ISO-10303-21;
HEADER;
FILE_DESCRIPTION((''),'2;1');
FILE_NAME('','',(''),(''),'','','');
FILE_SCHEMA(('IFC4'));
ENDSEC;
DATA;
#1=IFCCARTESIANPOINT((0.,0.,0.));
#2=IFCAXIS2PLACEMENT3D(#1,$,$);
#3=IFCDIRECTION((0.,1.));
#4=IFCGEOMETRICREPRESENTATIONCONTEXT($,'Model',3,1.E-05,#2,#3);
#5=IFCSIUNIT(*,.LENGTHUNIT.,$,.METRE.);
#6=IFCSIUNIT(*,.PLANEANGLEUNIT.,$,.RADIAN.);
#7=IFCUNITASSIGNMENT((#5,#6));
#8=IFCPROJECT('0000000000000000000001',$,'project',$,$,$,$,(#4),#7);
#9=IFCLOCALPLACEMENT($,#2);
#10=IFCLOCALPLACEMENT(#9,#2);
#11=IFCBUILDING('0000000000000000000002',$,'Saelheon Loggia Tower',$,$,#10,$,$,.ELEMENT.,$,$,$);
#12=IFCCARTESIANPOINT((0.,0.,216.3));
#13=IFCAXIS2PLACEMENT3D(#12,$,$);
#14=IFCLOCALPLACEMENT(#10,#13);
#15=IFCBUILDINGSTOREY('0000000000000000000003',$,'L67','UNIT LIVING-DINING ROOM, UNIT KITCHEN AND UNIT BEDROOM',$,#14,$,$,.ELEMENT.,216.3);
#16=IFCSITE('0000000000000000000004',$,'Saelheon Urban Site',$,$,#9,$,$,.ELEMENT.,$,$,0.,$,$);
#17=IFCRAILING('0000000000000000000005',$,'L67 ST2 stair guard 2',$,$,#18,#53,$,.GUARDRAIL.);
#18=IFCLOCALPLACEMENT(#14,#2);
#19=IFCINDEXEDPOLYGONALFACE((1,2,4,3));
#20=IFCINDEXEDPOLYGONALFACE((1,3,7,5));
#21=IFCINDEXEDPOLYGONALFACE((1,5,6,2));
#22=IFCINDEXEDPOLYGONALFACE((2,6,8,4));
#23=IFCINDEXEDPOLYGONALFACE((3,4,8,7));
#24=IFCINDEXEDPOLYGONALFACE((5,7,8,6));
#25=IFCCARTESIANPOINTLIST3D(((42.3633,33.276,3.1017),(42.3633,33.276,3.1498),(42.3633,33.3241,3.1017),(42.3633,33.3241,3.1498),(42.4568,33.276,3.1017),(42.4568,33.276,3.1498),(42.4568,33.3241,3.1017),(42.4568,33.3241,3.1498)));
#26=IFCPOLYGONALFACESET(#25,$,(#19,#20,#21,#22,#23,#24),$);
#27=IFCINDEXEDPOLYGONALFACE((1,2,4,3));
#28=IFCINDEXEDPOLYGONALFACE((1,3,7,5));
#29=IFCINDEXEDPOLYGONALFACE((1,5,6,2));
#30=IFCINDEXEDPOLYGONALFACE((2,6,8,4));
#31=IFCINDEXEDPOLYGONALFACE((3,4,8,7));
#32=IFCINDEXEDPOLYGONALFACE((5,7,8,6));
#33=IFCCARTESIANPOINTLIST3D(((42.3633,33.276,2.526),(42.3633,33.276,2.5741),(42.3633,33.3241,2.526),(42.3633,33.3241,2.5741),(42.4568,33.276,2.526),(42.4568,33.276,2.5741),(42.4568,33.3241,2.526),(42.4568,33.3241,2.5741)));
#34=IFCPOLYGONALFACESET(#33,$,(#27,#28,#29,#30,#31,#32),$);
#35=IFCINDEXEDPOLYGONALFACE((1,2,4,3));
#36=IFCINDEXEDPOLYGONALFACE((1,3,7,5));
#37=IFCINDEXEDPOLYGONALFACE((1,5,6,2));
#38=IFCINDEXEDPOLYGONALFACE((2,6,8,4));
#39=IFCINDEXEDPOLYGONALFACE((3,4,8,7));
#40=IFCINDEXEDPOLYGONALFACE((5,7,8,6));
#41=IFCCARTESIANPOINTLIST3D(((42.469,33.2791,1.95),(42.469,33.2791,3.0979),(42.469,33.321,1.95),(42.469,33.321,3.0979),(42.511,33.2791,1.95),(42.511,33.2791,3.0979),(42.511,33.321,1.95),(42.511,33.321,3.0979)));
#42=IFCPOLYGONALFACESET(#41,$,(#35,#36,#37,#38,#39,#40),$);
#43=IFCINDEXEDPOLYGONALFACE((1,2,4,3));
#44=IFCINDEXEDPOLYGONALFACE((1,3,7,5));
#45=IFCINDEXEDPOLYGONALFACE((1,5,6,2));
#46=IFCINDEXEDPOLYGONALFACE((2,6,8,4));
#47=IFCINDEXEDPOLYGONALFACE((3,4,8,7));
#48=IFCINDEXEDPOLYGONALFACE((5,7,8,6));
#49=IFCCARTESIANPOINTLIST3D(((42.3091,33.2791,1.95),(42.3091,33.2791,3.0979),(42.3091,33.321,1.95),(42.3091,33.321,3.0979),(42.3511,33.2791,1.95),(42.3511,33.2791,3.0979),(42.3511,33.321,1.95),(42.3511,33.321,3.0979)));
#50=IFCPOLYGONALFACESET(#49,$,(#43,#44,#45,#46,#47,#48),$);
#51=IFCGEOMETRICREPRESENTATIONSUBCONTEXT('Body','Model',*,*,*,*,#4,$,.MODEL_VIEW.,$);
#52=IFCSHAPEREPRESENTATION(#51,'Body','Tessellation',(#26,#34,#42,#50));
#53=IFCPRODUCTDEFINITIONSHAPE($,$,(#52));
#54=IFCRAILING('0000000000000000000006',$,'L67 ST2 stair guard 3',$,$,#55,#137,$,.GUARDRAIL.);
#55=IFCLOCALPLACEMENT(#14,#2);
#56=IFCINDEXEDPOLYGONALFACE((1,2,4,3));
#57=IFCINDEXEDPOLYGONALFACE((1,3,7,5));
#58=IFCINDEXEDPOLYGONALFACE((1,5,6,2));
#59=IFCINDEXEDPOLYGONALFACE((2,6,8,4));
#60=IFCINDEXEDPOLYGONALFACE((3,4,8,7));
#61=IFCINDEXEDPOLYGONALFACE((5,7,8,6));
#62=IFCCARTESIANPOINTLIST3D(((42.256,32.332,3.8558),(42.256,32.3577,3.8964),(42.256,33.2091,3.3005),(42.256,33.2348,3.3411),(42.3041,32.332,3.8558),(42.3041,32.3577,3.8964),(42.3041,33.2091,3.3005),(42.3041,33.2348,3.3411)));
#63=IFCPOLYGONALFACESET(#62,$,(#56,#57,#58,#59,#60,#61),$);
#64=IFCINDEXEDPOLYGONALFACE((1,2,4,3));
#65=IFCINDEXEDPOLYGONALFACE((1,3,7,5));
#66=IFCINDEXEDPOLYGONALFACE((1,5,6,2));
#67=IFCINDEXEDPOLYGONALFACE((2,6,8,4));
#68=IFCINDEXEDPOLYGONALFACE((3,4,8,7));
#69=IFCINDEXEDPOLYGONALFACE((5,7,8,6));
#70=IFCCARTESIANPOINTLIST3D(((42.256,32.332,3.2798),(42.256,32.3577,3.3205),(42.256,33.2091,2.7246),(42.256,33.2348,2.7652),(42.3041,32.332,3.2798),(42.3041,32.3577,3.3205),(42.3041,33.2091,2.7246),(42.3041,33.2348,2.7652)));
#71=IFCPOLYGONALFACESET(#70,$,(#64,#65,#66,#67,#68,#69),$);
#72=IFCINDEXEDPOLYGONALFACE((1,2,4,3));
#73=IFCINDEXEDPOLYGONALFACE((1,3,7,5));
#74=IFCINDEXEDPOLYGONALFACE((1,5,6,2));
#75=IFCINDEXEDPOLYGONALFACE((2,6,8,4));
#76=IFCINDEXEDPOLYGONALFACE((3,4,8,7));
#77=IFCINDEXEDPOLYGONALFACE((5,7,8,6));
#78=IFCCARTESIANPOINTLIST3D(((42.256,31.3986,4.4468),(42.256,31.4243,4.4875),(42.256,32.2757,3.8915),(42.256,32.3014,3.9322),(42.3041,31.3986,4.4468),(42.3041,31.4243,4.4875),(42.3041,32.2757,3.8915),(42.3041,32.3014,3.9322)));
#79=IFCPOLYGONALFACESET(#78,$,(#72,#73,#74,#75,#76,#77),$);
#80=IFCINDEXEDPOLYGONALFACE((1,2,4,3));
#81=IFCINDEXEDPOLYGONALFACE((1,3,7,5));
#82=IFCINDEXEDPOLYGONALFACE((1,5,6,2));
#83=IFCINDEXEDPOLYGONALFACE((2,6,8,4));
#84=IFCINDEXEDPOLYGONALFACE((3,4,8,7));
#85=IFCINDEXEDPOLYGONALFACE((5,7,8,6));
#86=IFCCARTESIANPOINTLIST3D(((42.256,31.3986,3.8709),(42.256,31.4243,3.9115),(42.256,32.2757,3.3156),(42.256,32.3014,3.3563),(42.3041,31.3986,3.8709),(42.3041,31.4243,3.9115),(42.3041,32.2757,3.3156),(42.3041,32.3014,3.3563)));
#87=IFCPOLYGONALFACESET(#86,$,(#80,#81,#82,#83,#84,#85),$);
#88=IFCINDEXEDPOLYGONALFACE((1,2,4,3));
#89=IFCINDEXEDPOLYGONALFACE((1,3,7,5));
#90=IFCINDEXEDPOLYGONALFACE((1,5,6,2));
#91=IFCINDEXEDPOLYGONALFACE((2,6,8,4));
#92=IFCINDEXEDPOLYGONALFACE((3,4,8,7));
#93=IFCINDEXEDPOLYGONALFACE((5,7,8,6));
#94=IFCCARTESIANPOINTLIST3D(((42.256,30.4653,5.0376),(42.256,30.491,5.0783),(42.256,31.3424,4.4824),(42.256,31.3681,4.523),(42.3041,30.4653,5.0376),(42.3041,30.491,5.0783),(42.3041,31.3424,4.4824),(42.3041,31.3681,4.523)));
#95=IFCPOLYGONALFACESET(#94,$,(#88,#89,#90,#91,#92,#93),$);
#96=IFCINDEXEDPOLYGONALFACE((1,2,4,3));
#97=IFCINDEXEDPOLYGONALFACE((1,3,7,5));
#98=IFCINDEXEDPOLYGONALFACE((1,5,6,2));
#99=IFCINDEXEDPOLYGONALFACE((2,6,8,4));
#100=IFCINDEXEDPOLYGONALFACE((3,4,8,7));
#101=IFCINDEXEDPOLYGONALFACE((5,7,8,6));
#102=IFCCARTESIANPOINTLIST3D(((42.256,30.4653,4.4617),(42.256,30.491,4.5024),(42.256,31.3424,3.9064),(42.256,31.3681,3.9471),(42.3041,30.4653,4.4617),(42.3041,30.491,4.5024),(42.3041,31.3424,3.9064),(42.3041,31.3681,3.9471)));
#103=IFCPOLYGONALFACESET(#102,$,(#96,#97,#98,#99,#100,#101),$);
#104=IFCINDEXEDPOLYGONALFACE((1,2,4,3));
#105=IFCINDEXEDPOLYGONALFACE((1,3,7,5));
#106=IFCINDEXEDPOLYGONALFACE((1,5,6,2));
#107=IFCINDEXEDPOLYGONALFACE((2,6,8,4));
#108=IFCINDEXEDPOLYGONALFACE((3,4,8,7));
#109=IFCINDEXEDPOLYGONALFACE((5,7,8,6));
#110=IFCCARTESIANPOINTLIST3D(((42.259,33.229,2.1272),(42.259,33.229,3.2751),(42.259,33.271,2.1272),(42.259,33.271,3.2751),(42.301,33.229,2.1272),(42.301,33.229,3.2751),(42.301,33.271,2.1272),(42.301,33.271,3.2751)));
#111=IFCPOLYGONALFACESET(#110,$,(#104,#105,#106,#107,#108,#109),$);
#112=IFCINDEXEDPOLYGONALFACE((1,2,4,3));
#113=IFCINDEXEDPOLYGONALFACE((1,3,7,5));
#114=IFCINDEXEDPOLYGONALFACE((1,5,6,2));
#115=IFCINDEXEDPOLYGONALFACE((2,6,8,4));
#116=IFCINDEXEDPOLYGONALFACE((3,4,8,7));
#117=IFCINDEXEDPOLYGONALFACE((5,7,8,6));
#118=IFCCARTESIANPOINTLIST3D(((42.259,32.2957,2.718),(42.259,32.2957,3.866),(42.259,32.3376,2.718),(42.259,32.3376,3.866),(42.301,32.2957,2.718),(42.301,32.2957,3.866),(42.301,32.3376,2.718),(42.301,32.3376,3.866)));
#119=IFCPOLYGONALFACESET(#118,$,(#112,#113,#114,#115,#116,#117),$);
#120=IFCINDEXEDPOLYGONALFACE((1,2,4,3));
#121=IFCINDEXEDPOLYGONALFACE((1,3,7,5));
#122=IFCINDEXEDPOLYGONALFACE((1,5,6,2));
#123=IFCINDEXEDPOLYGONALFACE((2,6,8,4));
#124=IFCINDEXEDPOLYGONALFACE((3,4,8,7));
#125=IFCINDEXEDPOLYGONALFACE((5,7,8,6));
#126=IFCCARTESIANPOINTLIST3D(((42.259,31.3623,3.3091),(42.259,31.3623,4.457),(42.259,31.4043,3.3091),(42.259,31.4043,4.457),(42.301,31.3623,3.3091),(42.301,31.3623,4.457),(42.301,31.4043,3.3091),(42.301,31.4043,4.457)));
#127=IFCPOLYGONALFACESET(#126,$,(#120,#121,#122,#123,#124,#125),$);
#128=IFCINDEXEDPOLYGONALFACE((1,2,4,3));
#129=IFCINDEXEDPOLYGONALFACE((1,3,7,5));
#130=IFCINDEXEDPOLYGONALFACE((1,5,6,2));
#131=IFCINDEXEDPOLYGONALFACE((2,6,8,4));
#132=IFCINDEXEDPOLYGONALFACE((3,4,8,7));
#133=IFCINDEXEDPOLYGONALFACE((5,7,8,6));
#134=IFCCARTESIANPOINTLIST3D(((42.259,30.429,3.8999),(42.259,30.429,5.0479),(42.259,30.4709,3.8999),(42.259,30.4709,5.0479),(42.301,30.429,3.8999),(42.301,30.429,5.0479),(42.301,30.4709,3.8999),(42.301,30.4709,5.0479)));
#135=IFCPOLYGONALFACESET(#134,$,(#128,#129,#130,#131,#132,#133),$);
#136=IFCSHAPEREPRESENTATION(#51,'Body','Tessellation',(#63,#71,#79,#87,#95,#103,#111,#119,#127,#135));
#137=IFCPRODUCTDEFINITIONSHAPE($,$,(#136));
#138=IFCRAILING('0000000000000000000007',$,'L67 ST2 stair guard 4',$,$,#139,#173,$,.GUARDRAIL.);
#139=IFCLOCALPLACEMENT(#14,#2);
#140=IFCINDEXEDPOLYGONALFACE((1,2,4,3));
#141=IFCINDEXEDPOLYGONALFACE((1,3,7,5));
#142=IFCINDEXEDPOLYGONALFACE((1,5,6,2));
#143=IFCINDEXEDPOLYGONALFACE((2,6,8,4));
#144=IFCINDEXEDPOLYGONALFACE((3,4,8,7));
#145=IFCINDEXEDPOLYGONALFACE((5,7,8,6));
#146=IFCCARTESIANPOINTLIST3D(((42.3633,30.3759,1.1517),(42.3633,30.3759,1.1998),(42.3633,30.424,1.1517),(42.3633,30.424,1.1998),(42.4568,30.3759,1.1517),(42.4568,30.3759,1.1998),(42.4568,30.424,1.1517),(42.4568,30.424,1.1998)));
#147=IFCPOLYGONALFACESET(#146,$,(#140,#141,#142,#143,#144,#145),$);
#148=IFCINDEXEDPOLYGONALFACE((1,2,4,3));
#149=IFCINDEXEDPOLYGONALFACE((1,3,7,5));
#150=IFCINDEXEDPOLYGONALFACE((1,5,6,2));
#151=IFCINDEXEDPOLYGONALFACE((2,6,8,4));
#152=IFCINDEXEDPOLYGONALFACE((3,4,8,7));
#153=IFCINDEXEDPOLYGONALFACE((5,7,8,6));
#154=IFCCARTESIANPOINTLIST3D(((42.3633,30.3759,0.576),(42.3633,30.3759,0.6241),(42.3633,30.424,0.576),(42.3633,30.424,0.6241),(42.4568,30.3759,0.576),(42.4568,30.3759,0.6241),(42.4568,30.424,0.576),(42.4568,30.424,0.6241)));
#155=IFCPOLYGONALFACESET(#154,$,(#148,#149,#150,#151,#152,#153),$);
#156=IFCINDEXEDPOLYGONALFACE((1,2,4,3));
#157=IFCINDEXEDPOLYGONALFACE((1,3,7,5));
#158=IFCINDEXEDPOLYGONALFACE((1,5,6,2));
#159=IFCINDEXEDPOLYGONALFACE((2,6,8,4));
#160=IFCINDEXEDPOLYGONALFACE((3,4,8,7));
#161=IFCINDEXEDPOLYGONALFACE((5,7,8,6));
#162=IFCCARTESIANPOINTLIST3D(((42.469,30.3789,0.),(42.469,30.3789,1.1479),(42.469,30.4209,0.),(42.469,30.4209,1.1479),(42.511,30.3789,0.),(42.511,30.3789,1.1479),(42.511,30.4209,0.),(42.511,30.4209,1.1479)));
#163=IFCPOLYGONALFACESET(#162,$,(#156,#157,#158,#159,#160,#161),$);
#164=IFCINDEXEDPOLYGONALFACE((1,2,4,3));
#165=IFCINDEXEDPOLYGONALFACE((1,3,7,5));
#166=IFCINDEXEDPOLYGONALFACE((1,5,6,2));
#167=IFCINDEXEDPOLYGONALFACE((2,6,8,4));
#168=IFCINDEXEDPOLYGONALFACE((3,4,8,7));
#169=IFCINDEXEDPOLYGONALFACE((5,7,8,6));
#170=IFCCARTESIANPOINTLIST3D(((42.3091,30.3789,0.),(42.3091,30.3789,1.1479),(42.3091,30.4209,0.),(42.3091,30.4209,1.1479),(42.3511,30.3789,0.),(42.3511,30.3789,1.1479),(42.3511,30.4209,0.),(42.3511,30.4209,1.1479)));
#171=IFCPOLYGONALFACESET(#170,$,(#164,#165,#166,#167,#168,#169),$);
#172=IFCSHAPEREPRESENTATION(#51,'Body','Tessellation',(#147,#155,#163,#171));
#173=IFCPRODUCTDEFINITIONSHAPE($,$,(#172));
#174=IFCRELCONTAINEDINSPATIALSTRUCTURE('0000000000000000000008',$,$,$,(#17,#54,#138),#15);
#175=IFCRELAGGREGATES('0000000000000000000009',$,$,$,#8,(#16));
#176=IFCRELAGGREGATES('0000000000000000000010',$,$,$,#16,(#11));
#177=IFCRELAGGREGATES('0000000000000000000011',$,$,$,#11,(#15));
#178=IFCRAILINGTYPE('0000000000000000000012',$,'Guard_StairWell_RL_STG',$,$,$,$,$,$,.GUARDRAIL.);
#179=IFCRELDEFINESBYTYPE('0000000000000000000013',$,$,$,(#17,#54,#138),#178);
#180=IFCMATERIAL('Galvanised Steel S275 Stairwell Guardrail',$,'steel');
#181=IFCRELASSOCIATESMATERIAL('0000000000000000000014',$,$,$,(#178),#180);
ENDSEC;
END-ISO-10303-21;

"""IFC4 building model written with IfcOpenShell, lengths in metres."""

from ifc_helpers import new_model, si_unit, direction, frame, origin, origin_2d, place, context, subcontext, project, spatial, rectangle, extrude, material, type_object, element, save


model = new_model("IFC4")

# Units and contexts
model_context = context("Model", 3, precision=1e-05, world=origin(), true_north=direction((0.0, 1.0)))
body_context = subcontext(model_context, "Body", "Model", "MODEL_VIEW")
ifc_project = project(units=[si_unit("LENGTHUNIT", "METRE"), si_unit("PLANEANGLEUNIT", "RADIAN")], contexts=[model_context])

# Site, building, storey
site_placement = place(None, origin())
site = spatial("IfcSite", under=ifc_project, at=site_placement, Name="Saelheon Urban Site", CompositionType="ELEMENT", RefElevation=0.0)
building_placement = place(site_placement, origin())
building = spatial("IfcBuilding", under=site, at=building_placement, Name="Saelheon Loggia Tower", CompositionType="ELEMENT")
storey_placement = place(building_placement, frame((0.0, 0.0, 216.3)))
storey = spatial("IfcBuildingStorey", under=building, at=storey_placement, Name="L67", Description="UNIT LIVING-DINING ROOM, UNIT KITCHEN AND UNIT BEDROOM", CompositionType="ELEMENT", Elevation=216.3)

# Railings
ifc_material_1 = material(Name="Galvanised Steel S275 Stairwell Guardrail", Category="steel")
railing_type_1 = type_object("IfcRailingType", Name="Guard_StairWell_RL_STG", PredefinedType="GUARDRAIL", material=ifc_material_1)
railing_1_placement = place(storey_placement, frame((42.49, 33.3, 1.95)))
element("IfcRailing", 1, at=railing_1_placement, inside=storey, type_object=railing_type_1, Name="L67 ST2 stair guard 2", PredefinedType="GUARDRAIL", context=body_context, shape_type="SweptSolid", body=[
    extrude(rectangle(XDim=0.0481, YDim=0.0481, at=origin_2d()), frame((-0.0332, 0.0, 1.1758), z_axis=(-1.0, 0.0, 0.0), x_axis=(0.0, -1.0, 0.0)), (0.0, 0.0, 1.0), 0.0935),
    extrude(rectangle(XDim=0.0481, YDim=0.0481, at=origin_2d()), frame((-0.0332, 0.0, 0.6001), z_axis=(-1.0, 0.0, 0.0), x_axis=(0.0, -1.0, 0.0)), (0.0, 0.0, 1.0), 0.0935),
    extrude(rectangle(XDim=0.042, YDim=0.042, at=origin_2d()), origin(), (0.0, 0.0, 1.0), 1.1479),
    extrude(rectangle(XDim=0.042, YDim=0.042, at=origin_2d()), frame((-0.1599, 0.0, 0.0)), (0.0, 0.0, 1.0), 1.1479),
])
railing_2_placement = place(storey_placement, frame((42.28, 33.25, 2.1272)))
element("IfcRailing", 2, at=railing_2_placement, inside=storey, type_object=railing_type_1, Name="L67 ST2 stair guard 3", PredefinedType="GUARDRAIL", context=body_context, shape_type="SweptSolid", body=[
    extrude(rectangle(XDim=0.0481, YDim=0.0481, at=origin_2d()), frame((0.0, -0.0281, 1.1936), z_axis=(0.0, -0.844909, 0.53491), x_axis=(1.0, 0.0, 0.0)), (0.0, 0.0, 1.0), 1.0381),
    extrude(rectangle(XDim=0.0481, YDim=0.0481, at=origin_2d()), frame((0.0, -0.0281, 0.6177), z_axis=(0.0, -0.844909, 0.53491), x_axis=(1.0, 0.0, 0.0)), (0.0, 0.0, 1.0), 1.0381),
    extrude(rectangle(XDim=0.0481, YDim=0.0481, at=origin_2d()), frame((0.0, -0.9614, 1.7847), z_axis=(0.0, -0.844909, 0.53491), x_axis=(1.0, 0.0, 0.0)), (0.0, 0.0, 1.0), 1.0381),
    extrude(rectangle(XDim=0.0481, YDim=0.0481, at=origin_2d()), frame((0.0, -0.9614, 1.2087), z_axis=(0.0, -0.844909, 0.53491), x_axis=(1.0, 0.0, 0.0)), (0.0, 0.0, 1.0), 1.0381),
    extrude(rectangle(XDim=0.0481, YDim=0.0481, at=origin_2d()), frame((0.0, -1.8948, 2.3755), z_axis=(0.0, -0.844909, 0.53491), x_axis=(1.0, 0.0, 0.0)), (0.0, 0.0, 1.0), 1.0381),
    extrude(rectangle(XDim=0.0481, YDim=0.0481, at=origin_2d()), frame((0.0, -1.8948, 1.7996), z_axis=(0.0, -0.844909, 0.53491), x_axis=(1.0, 0.0, 0.0)), (0.0, 0.0, 1.0), 1.0381),
    extrude(rectangle(XDim=0.042, YDim=0.042, at=origin_2d()), origin(), (0.0, 0.0, 1.0), 1.1479),
    extrude(rectangle(XDim=0.042, YDim=0.042, at=origin_2d()), frame((0.0, -0.9333, 0.5908)), (0.0, 0.0, 1.0), 1.1479),
    extrude(rectangle(XDim=0.042, YDim=0.042, at=origin_2d()), frame((0.0, -1.8667, 1.1819)), (0.0, 0.0, 1.0), 1.1479),
    extrude(rectangle(XDim=0.042, YDim=0.042, at=origin_2d()), frame((0.0, -2.8, 1.7727)), (0.0, 0.0, 1.0), 1.1479),
])
railing_3_placement = place(storey_placement, frame((42.49, 30.3999, 0.0)))
element("IfcRailing", 3, at=railing_3_placement, inside=storey, type_object=railing_type_1, Name="L67 ST2 stair guard 4", PredefinedType="GUARDRAIL", context=body_context, shape_type="SweptSolid", body=[
    extrude(rectangle(XDim=0.0481, YDim=0.0481, at=origin_2d()), frame((-0.0332, 0.0, 1.1758), z_axis=(-1.0, 0.0, 0.0), x_axis=(0.0, -1.0, 0.0)), (0.0, 0.0, 1.0), 0.0935),
    extrude(rectangle(XDim=0.0481, YDim=0.0481, at=origin_2d()), frame((-0.0332, 0.0, 0.6001), z_axis=(-1.0, 0.0, 0.0), x_axis=(0.0, -1.0, 0.0)), (0.0, 0.0, 1.0), 0.0935),
    extrude(rectangle(XDim=0.042, YDim=0.042, at=origin_2d()), origin(), (0.0, 0.0, 1.0), 1.1479),
    extrude(rectangle(XDim=0.042, YDim=0.042, at=origin_2d()), frame((-0.1599, 0.0, 0.0)), (0.0, 0.0, 1.0), 1.1479),
])

save(model, "model.ifc")
